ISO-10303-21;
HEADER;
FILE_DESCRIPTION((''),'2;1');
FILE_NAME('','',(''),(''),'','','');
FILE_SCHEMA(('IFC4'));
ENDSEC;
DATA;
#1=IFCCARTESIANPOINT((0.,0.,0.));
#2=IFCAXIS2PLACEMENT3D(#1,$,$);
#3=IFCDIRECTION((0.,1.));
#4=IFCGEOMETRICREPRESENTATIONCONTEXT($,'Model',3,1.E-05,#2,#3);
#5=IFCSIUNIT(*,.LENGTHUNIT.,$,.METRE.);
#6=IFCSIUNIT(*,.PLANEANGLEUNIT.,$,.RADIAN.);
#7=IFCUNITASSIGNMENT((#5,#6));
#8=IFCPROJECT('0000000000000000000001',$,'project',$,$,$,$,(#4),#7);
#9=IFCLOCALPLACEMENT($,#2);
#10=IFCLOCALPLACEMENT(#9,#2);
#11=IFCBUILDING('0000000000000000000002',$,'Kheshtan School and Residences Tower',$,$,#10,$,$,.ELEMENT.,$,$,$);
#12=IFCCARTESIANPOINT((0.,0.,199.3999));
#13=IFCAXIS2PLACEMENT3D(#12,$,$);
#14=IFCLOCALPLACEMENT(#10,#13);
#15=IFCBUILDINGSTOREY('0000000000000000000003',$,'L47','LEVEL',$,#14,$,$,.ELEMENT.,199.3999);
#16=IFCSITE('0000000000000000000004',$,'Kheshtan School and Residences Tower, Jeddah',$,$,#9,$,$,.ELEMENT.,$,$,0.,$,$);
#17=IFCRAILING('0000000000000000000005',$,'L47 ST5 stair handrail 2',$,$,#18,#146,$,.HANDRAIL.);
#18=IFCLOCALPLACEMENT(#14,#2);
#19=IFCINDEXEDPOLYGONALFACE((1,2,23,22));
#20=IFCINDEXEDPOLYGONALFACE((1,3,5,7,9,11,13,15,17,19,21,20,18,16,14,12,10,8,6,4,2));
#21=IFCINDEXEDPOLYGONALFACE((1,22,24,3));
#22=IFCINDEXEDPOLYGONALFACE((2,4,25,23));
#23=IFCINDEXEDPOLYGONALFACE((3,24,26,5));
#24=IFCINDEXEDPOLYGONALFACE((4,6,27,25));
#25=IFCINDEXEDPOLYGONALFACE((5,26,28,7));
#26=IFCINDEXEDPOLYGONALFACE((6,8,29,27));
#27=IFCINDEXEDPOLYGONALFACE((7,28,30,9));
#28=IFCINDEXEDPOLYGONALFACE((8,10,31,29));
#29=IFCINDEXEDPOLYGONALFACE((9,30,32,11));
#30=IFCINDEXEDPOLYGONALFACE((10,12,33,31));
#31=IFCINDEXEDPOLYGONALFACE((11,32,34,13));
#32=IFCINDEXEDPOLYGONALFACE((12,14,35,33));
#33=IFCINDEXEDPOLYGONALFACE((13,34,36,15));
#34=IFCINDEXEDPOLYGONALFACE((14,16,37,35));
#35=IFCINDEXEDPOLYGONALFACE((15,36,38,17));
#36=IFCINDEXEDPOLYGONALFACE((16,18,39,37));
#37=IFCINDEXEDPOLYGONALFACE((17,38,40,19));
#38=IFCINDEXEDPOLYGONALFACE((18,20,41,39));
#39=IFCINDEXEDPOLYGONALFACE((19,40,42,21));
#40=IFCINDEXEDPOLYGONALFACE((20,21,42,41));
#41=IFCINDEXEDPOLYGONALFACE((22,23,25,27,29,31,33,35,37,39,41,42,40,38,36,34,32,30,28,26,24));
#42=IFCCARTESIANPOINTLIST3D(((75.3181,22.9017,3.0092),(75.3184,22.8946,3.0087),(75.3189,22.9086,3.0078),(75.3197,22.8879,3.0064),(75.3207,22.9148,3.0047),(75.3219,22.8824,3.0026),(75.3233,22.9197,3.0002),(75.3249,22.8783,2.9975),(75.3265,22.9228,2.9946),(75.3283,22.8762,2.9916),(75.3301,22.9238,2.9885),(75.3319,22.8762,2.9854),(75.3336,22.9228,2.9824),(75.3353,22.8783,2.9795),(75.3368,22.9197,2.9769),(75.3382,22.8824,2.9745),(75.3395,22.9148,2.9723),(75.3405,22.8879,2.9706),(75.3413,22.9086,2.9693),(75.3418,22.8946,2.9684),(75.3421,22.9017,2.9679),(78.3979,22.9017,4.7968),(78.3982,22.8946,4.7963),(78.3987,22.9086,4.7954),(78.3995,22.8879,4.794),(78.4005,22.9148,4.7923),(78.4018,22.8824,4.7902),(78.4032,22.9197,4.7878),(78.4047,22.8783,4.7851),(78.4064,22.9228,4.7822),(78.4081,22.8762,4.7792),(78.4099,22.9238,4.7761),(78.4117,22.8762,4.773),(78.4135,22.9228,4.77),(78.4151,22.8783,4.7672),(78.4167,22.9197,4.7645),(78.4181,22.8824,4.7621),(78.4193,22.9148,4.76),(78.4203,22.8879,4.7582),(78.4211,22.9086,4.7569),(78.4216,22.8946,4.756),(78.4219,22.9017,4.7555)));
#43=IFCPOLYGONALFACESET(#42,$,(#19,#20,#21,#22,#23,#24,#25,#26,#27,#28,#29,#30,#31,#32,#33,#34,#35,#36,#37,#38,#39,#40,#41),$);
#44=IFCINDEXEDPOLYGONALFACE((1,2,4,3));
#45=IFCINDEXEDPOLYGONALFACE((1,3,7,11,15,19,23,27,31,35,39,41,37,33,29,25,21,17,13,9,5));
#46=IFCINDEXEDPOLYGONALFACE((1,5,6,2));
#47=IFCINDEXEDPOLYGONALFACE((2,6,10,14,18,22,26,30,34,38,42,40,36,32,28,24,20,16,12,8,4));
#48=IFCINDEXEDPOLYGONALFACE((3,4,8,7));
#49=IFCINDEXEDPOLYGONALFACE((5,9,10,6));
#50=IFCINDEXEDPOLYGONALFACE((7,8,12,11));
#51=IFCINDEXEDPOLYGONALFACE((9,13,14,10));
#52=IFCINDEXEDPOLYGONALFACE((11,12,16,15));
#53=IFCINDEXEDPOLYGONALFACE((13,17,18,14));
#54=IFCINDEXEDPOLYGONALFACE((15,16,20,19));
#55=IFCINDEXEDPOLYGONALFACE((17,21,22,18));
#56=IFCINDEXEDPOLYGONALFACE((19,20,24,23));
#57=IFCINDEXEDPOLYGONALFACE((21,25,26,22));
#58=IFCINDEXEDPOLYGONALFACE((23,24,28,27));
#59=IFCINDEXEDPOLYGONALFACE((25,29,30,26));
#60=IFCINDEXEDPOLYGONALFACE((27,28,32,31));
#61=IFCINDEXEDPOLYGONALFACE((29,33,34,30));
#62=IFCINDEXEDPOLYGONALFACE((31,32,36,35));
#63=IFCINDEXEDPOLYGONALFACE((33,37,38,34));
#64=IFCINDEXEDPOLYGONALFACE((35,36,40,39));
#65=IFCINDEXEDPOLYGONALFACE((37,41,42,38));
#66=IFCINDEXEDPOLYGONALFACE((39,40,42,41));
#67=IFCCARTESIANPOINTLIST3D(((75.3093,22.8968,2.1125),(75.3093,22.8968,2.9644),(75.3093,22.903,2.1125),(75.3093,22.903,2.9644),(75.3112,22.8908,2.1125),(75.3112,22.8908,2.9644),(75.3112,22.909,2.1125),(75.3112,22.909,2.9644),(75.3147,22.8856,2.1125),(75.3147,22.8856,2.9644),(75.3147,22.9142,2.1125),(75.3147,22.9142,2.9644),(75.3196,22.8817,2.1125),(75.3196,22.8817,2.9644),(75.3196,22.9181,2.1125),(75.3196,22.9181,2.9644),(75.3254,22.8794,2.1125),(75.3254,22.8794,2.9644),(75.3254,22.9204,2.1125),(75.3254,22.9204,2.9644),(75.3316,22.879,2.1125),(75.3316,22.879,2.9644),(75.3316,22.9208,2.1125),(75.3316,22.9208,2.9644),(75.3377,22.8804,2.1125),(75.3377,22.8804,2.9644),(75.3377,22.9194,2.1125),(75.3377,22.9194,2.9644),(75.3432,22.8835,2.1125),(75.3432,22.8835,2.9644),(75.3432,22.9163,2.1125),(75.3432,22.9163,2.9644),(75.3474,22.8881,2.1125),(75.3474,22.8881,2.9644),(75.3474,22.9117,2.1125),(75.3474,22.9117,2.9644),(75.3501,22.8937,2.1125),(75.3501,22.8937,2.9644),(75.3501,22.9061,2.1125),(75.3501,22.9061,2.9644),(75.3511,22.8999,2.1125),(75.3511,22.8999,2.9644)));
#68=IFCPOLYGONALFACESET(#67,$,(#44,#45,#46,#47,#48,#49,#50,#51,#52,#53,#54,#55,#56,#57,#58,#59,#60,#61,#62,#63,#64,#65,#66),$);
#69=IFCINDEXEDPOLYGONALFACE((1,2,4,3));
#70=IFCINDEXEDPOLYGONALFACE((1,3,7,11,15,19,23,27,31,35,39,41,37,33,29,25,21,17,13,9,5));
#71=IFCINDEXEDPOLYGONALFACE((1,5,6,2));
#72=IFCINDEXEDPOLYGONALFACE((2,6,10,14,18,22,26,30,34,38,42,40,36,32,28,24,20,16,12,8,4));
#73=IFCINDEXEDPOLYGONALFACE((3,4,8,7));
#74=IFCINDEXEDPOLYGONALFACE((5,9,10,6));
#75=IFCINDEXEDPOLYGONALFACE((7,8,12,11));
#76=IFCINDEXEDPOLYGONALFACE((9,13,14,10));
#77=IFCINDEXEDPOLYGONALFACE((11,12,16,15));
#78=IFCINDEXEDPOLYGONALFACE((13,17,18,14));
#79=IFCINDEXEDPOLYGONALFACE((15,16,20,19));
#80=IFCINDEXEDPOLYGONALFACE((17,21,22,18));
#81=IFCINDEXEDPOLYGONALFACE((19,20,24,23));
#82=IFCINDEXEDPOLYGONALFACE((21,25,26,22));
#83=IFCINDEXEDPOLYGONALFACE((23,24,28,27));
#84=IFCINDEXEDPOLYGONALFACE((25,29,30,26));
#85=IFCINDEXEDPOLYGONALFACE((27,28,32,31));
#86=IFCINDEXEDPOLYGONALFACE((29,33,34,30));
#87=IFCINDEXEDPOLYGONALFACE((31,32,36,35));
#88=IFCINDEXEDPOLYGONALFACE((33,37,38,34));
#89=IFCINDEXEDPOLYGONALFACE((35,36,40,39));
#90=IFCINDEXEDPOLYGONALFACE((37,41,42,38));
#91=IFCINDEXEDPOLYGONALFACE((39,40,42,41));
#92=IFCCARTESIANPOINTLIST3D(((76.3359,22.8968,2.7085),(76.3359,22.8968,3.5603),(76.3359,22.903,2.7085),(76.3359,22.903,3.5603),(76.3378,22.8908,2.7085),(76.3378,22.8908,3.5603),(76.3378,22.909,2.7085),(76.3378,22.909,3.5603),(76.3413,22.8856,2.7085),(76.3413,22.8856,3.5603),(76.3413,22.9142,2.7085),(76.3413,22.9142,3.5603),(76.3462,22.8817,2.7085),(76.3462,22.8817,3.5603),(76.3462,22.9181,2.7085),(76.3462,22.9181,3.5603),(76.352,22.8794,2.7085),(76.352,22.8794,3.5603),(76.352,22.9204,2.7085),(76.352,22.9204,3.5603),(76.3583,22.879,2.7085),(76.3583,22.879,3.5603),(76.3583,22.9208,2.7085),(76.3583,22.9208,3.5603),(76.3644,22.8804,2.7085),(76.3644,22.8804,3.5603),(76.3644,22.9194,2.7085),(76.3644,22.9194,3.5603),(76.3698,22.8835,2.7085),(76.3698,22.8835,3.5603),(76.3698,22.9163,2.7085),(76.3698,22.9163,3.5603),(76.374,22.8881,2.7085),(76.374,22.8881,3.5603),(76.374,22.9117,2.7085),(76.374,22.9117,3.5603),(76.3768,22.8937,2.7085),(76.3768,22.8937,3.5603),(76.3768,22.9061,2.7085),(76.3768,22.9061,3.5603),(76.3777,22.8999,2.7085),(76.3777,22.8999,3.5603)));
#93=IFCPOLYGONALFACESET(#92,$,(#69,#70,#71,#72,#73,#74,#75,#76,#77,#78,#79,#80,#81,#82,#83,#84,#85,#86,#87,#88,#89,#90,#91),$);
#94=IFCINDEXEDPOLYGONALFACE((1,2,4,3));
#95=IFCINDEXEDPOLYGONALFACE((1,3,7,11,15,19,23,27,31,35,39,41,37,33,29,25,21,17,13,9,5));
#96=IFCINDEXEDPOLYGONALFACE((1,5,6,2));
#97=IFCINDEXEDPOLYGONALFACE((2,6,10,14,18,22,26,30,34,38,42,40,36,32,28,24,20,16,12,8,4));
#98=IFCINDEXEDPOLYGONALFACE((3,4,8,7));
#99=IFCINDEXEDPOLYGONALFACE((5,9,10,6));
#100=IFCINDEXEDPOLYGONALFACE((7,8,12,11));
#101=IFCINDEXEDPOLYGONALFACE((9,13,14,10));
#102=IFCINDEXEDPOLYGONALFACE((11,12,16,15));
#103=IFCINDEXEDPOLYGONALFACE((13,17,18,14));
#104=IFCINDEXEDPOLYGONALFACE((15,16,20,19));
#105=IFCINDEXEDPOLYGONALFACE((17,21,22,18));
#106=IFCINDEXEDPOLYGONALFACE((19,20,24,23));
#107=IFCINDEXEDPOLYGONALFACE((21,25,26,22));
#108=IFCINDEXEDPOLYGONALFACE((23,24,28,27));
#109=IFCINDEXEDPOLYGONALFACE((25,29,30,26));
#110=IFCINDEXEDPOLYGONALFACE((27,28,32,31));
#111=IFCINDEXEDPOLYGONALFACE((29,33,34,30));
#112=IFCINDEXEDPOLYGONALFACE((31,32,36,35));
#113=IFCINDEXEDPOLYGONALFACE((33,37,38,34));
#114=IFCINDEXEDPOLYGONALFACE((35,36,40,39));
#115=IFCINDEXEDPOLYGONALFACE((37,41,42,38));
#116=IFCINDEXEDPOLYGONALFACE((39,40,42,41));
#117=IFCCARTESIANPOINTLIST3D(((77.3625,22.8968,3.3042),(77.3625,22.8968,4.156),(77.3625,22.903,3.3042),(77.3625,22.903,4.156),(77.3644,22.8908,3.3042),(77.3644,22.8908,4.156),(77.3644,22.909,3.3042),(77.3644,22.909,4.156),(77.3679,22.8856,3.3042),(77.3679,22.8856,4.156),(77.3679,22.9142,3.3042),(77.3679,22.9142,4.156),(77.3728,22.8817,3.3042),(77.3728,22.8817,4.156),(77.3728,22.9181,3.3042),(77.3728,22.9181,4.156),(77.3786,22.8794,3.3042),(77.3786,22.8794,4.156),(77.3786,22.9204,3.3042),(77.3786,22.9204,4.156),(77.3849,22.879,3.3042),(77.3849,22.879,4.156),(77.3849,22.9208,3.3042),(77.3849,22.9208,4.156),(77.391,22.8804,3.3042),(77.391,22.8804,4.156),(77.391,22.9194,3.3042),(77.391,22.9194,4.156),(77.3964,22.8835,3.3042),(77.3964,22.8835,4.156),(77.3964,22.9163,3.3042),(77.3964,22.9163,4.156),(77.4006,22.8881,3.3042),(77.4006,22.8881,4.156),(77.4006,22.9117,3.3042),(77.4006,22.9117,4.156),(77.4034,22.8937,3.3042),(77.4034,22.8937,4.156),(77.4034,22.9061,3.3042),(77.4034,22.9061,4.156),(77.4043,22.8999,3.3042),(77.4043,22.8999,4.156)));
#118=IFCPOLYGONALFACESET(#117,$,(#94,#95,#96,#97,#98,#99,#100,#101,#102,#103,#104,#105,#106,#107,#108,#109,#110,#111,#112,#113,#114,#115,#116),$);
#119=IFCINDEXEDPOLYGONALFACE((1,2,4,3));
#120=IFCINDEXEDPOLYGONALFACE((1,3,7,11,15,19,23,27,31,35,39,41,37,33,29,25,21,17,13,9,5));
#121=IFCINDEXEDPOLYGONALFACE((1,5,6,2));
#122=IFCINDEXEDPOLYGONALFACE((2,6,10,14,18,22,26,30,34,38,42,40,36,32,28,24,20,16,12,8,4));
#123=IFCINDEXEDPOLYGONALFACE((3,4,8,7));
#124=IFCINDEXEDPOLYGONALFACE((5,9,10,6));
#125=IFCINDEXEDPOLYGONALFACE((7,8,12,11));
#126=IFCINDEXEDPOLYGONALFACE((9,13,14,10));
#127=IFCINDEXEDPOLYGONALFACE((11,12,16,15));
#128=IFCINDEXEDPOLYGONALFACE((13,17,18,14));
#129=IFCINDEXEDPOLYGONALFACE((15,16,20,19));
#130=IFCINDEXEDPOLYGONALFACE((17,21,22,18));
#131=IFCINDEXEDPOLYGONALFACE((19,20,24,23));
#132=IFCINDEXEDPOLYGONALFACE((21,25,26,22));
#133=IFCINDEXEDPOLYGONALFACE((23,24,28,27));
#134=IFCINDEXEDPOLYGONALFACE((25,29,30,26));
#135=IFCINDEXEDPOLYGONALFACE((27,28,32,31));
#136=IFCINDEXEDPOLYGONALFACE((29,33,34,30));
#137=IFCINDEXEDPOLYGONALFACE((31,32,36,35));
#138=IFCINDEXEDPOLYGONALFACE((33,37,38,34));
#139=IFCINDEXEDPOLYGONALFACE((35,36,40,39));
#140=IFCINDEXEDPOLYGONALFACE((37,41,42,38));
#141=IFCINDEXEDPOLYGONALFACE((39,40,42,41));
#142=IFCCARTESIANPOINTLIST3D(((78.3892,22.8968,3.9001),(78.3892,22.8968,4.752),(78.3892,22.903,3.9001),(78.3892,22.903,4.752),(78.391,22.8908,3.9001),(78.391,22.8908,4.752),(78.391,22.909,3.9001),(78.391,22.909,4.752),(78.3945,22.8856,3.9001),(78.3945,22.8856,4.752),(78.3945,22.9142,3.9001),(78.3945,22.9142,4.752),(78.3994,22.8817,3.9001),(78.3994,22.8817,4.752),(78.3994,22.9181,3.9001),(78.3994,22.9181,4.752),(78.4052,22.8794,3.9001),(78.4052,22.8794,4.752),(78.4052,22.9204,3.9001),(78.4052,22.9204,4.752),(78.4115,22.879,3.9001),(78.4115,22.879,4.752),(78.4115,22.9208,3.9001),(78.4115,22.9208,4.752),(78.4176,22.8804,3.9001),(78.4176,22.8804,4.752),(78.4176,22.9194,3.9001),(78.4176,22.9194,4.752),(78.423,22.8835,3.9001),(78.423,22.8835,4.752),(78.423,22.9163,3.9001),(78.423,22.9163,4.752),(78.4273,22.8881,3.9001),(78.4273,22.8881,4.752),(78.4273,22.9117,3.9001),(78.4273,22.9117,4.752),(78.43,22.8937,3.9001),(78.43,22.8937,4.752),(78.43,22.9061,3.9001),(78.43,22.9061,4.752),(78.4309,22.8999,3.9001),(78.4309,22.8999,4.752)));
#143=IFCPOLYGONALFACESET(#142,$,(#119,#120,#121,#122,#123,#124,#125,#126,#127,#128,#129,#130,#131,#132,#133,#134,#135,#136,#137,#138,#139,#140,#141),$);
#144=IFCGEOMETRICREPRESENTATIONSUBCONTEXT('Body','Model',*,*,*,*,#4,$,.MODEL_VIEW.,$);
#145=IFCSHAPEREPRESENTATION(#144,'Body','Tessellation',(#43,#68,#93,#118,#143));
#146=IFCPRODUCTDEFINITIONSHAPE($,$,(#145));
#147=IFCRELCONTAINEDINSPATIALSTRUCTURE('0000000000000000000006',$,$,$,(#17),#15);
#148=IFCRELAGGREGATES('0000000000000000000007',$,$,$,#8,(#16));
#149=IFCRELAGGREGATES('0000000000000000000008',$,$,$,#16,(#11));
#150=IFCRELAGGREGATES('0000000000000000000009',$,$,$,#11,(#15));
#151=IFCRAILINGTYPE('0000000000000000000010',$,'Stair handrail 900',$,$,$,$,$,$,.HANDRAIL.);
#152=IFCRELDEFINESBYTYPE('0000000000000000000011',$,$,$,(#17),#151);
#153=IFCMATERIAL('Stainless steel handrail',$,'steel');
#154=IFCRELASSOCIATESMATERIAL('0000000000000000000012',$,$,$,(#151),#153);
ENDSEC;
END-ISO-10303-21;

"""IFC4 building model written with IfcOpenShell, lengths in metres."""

from ifc_helpers import new_model, si_unit, direction, frame, origin, origin_2d, place, context, subcontext, project, spatial, circle, extrude, material, type_object, element, save


model = new_model("IFC4")

# Units and contexts
model_context = context("Model", 3, precision=1e-05, world=origin(), true_north=direction((0.0, 1.0)))
body_context = subcontext(model_context, "Body", "Model", "MODEL_VIEW")
ifc_project = project(units=[si_unit("LENGTHUNIT", "METRE"), si_unit("PLANEANGLEUNIT", "RADIAN")], contexts=[model_context])

# Site, building, storey
site_placement = place(None, origin())
site = spatial("IfcSite", under=ifc_project, at=site_placement, Name="Kheshtan School and Residences Tower, Jeddah", CompositionType="ELEMENT", RefElevation=0.0)
building_placement = place(site_placement, origin())
building = spatial("IfcBuilding", under=site, at=building_placement, Name="Kheshtan School and Residences Tower", CompositionType="ELEMENT")
storey_placement = place(building_placement, frame((0.0, 0.0, 199.3999)))
storey = spatial("IfcBuildingStorey", under=building, at=storey_placement, Name="L47", Description="LEVEL", CompositionType="ELEMENT", Elevation=199.3999)

# Railing
ifc_material_1 = material(Name="Stainless steel handrail", Category="steel")
railing_type_1 = type_object("IfcRailingType", Name="Stair handrail 900", PredefinedType="HANDRAIL", material=ifc_material_1)
railing_1_placement = place(storey_placement, frame((75.3301, 22.8999, 2.1125)))
element("IfcRailing", 1, at=railing_1_placement, inside=storey, type_object=railing_type_1, Name="L47 ST5 stair handrail 2", PredefinedType="HANDRAIL", context=body_context, shape_type="SweptSolid", body=[
    extrude(circle(Radius=0.0239, at=origin_2d()), frame((0.0, 0.0, 0.876), z_axis=(0.864873, 0.0, 0.50199), x_axis=(0.0, 1.0, 0.0)), (0.0, 0.0, 1.0), 3.561),
    extrude(circle(Radius=0.021, at=origin_2d()), origin(), (0.0, 0.0, 1.0), 0.8518),
    extrude(circle(Radius=0.021, at=origin_2d()), frame((1.0266, 0.0, 0.5959)), (0.0, 0.0, 1.0), 0.8518),
    extrude(circle(Radius=0.021, at=origin_2d()), frame((2.0532, 0.0, 1.1917)), (0.0, 0.0, 1.0), 0.8518),
    extrude(circle(Radius=0.021, at=origin_2d()), frame((3.0798, 0.0, 1.7876)), (0.0, 0.0, 1.0), 0.8518),
])

save(model, "model.ifc")
